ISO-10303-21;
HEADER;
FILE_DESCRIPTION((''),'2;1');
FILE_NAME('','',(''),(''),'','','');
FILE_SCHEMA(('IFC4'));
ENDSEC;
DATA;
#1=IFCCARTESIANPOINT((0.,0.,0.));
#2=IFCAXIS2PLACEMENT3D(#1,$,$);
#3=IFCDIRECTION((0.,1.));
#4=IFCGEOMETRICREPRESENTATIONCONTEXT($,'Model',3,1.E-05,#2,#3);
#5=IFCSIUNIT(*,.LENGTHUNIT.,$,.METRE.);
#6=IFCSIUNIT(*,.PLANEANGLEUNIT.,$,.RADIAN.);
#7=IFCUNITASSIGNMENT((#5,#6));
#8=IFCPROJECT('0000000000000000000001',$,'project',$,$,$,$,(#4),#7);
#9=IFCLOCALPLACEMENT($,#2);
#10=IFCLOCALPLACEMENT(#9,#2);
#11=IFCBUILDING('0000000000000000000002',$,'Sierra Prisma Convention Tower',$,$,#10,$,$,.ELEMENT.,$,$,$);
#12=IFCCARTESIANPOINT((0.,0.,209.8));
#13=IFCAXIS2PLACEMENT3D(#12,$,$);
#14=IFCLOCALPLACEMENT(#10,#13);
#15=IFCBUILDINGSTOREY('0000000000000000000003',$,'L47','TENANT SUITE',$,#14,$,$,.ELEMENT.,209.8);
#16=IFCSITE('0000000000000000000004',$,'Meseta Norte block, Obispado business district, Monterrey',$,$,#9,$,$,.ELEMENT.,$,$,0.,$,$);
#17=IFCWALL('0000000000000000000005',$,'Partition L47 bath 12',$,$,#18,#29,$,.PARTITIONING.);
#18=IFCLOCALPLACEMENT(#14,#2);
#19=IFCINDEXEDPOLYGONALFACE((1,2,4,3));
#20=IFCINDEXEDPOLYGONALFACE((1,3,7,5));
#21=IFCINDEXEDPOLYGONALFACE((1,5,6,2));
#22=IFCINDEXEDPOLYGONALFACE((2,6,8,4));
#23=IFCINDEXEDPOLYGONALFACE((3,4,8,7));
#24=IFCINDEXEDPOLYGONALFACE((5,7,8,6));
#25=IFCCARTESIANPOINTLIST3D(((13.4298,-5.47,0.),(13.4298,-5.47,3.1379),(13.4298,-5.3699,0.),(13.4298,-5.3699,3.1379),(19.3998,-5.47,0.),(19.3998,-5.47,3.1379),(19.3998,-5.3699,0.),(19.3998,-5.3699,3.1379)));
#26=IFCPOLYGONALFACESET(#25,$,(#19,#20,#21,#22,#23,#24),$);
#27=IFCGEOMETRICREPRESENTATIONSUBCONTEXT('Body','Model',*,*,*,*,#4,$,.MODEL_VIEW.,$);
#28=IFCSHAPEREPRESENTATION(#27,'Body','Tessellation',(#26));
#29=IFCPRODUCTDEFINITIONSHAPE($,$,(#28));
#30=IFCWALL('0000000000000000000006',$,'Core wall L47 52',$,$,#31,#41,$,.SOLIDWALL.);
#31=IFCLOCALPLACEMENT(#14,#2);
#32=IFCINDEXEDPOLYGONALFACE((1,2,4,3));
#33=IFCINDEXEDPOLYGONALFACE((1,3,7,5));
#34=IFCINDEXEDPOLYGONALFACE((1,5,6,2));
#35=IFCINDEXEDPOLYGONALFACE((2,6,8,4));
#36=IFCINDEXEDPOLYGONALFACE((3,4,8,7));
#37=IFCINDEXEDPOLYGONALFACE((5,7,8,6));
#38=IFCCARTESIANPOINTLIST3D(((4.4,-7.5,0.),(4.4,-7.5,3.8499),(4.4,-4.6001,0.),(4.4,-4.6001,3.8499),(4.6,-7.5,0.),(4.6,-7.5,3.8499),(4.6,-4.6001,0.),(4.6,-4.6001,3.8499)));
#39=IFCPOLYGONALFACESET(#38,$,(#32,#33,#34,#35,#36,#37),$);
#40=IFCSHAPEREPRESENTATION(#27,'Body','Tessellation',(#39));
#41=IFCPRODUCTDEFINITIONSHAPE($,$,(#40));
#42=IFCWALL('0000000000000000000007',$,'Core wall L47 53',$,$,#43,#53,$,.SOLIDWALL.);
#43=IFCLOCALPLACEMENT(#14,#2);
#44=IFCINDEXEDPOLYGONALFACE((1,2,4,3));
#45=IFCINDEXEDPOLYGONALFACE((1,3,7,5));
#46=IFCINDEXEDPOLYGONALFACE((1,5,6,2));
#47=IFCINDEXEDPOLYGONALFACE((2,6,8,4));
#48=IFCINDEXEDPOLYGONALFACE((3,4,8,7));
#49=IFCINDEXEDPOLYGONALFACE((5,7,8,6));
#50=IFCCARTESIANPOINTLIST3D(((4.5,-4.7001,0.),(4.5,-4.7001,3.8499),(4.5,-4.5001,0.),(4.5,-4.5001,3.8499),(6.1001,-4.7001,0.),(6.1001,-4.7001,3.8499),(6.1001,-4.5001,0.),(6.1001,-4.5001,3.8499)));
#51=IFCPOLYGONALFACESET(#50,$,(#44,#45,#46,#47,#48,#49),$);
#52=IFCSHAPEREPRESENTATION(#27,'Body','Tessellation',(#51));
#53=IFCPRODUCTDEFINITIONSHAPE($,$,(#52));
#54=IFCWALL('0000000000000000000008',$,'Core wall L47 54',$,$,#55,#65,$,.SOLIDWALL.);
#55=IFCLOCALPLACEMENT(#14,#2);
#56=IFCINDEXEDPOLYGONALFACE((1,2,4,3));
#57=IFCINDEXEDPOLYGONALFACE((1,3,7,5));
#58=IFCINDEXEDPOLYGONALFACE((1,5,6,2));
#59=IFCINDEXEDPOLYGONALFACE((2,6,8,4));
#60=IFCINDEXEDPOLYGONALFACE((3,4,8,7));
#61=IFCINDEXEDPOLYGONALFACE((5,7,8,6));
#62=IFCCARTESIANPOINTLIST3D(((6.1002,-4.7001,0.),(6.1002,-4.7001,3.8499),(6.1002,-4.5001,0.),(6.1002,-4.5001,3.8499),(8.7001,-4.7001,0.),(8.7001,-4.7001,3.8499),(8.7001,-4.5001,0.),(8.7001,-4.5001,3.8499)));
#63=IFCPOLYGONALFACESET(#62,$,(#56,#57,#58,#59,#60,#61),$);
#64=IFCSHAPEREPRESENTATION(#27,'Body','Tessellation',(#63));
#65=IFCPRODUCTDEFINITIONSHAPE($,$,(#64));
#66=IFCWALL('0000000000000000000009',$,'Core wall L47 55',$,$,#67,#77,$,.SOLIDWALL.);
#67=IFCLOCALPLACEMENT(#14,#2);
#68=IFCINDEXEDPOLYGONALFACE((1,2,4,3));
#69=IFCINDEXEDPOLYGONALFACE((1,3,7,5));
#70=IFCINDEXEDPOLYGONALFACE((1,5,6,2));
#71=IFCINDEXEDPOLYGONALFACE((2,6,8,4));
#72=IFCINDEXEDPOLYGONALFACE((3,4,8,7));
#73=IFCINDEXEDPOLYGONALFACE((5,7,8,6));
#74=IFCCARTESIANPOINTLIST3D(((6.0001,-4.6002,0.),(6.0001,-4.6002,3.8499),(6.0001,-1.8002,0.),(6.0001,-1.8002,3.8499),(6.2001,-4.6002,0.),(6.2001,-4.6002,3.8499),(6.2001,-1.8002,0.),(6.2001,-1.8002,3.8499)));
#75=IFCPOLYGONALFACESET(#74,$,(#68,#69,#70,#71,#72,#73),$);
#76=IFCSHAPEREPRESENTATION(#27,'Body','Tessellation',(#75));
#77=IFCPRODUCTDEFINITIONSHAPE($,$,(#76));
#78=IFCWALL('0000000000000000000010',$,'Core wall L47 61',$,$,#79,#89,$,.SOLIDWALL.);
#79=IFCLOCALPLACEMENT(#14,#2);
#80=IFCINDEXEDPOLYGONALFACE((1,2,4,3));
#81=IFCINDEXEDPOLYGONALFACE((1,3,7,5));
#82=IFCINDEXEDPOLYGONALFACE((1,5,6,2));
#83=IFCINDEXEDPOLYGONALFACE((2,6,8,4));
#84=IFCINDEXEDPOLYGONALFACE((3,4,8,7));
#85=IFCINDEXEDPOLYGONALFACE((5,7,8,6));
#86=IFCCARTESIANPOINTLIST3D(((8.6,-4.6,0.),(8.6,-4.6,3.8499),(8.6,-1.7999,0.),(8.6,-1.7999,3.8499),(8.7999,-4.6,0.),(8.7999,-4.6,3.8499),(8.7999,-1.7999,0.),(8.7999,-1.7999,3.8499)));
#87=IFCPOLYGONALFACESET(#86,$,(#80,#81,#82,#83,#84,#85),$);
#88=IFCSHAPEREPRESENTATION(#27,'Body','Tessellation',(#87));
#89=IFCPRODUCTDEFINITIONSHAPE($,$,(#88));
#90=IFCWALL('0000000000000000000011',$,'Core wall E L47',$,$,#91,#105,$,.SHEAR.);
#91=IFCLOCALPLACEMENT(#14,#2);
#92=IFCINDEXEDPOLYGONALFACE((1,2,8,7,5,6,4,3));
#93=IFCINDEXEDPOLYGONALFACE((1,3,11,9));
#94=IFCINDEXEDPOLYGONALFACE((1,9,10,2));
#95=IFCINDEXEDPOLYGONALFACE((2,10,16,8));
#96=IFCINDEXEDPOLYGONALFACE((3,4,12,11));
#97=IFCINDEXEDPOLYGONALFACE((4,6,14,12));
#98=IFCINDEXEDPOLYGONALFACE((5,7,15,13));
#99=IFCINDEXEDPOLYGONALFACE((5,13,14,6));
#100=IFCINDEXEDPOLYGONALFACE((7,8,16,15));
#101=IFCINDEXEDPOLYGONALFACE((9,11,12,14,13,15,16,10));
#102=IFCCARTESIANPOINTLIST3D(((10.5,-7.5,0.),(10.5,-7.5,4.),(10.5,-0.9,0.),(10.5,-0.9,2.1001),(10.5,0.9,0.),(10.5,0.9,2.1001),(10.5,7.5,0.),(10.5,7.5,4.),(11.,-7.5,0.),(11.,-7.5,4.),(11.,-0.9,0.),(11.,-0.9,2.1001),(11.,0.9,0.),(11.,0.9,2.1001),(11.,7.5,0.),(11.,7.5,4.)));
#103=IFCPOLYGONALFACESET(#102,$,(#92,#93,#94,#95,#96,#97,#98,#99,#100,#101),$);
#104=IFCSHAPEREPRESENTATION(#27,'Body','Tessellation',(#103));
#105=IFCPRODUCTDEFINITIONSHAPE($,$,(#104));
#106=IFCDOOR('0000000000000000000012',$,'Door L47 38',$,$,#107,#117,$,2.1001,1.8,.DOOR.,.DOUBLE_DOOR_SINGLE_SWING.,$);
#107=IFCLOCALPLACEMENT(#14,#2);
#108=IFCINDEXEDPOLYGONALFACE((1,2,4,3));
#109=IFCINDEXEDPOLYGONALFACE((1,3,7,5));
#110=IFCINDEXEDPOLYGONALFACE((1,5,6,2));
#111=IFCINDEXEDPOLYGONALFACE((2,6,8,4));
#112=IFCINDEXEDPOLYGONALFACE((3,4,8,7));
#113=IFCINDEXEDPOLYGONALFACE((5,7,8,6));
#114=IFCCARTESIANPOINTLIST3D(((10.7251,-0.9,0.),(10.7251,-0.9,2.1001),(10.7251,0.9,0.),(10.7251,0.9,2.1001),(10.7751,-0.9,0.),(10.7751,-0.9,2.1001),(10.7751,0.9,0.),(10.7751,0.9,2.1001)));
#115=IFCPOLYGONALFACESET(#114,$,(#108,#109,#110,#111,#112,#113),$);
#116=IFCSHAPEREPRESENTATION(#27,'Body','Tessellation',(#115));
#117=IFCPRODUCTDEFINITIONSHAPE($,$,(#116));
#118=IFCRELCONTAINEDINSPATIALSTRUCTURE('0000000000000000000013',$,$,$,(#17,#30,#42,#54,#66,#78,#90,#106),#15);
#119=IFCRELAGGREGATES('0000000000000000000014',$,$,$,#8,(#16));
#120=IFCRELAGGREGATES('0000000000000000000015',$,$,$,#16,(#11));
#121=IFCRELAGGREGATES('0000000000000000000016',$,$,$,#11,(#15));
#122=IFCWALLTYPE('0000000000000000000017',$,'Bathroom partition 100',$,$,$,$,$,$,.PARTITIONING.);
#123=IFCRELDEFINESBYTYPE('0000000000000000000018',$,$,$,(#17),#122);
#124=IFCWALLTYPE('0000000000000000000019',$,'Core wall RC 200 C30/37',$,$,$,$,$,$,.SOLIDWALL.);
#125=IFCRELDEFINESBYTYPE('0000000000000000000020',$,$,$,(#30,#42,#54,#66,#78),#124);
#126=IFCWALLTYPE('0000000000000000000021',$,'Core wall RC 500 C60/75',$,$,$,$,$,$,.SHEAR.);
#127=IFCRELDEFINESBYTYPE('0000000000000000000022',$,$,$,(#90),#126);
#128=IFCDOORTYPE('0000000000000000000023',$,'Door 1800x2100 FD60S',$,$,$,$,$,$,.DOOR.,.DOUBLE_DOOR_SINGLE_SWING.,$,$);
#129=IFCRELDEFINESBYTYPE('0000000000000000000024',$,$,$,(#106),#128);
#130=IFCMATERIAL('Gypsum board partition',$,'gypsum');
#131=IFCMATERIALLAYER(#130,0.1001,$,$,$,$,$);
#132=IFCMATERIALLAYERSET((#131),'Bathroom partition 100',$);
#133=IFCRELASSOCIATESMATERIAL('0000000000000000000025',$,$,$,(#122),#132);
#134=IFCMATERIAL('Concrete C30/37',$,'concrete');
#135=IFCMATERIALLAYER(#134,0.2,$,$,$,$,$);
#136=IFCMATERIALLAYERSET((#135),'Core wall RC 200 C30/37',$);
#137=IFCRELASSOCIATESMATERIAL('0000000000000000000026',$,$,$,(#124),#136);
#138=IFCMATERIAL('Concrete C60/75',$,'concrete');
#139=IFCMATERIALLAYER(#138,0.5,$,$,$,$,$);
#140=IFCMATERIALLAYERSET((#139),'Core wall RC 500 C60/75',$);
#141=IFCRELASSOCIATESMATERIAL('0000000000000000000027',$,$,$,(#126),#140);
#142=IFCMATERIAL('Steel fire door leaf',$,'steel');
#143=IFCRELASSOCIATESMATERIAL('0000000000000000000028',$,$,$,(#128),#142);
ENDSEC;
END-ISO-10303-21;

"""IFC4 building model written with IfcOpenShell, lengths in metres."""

from ifc_helpers import new_model, si_unit, direction, frame, frame_2d, origin, place, context, subcontext, project, spatial, rectangle, extrude, material, layer, layer_set, type_object, element, fill, save


model = new_model("IFC4")

# Units and contexts
model_context = context("Model", 3, precision=1e-05, world=origin(), true_north=direction((0.0, 1.0)))
body_context = subcontext(model_context, "Body", "Model", "MODEL_VIEW")
ifc_project = project(units=[si_unit("LENGTHUNIT", "METRE"), si_unit("PLANEANGLEUNIT", "RADIAN")], contexts=[model_context])

# Site, building, storey
site_placement = place(None, origin())
site = spatial("IfcSite", under=ifc_project, at=site_placement, Name="Meseta Norte block, Obispado business district, Monterrey", CompositionType="ELEMENT", RefElevation=0.0)
building_placement = place(site_placement, origin())
building = spatial("IfcBuilding", under=site, at=building_placement, Name="Sierra Prisma Convention Tower", CompositionType="ELEMENT")
storey_placement = place(building_placement, frame((0.0, 0.0, 209.8)))
storey = spatial("IfcBuildingStorey", under=building, at=storey_placement, Name="L47", Description="TENANT SUITE", CompositionType="ELEMENT", Elevation=209.8)

# Walls
ifc_material_1 = material(Name="Gypsum board partition", Category="gypsum")
ifc_layer_1 = layer(ifc_material_1, 0.1001)
ifc_layer_set_1 = layer_set([ifc_layer_1], Name="Bathroom partition 100")
wall_type_1 = type_object("IfcWallType", Name="Bathroom partition 100", PredefinedType="PARTITIONING", material=ifc_layer_set_1)
wall_1_placement = place(storey_placement, frame((13.4299, -5.4199, 0.0), z_axis=(0.0, 0.0, 1.0), x_axis=(1.0, 0.0, 0.0)))
element("IfcWall", 1, at=wall_1_placement, inside=storey, type_object=wall_type_1, Name="Partition L47 bath 12", PredefinedType="PARTITIONING", context=body_context, shape_type="SweptSolid", body=[
    extrude(rectangle(XDim=5.97, YDim=0.1001, at=frame_2d((2.9849, 0.0))), origin(), (0.0, 0.0, 1.0), 3.1379),
])
ifc_material_2 = material(Name="Concrete C30/37", Category="concrete")
ifc_layer_2 = layer(ifc_material_2, 0.2)
ifc_layer_set_2 = layer_set([ifc_layer_2], Name="Core wall RC 200 C30/37")
wall_type_2 = type_object("IfcWallType", Name="Core wall RC 200 C30/37", PredefinedType="SOLIDWALL", material=ifc_layer_set_2)
wall_2_placement = place(storey_placement, frame((4.5, -4.6001, 0.0), z_axis=(0.0, 0.0, 1.0), x_axis=(0.0, -1.0, 0.0)))
element("IfcWall", 2, at=wall_2_placement, inside=storey, type_object=wall_type_2, Name="Core wall L47 52", PredefinedType="SOLIDWALL", context=body_context, shape_type="SweptSolid", body=[
    extrude(rectangle(XDim=2.8999, YDim=0.2, at=frame_2d((1.45, 0.0))), origin(), (0.0, 0.0, 1.0), 3.8499),
])
wall_3_placement = place(storey_placement, frame((6.1001, -4.6001, 0.0), z_axis=(0.0, 0.0, 1.0), x_axis=(-1.0, 0.0, 0.0)))
element("IfcWall", 3, at=wall_3_placement, inside=storey, type_object=wall_type_2, Name="Core wall L47 53", PredefinedType="SOLIDWALL", context=body_context, shape_type="SweptSolid", body=[
    extrude(rectangle(XDim=1.6001, YDim=0.2, at=frame_2d((0.8, 0.0))), origin(), (0.0, 0.0, 1.0), 3.8499),
])
wall_4_placement = place(storey_placement, frame((8.7, -4.6001, 0.0), z_axis=(0.0, 0.0, 1.0), x_axis=(-1.0, 0.0, 0.0)))
element("IfcWall", 4, at=wall_4_placement, inside=storey, type_object=wall_type_2, Name="Core wall L47 54", PredefinedType="SOLIDWALL", context=body_context, shape_type="SweptSolid", body=[
    extrude(rectangle(XDim=2.5999, YDim=0.2, at=frame_2d((1.2998, 0.0))), origin(), (0.0, 0.0, 1.0), 3.8499),
])
wall_5_placement = place(storey_placement, frame((6.1001, -4.6001, 0.0), z_axis=(0.0, 0.0, 1.0), x_axis=(0.0, 1.0, 0.0)))
element("IfcWall", 5, at=wall_5_placement, inside=storey, type_object=wall_type_2, Name="Core wall L47 55", PredefinedType="SOLIDWALL", context=body_context, shape_type="SweptSolid", body=[
    extrude(rectangle(XDim=2.8, YDim=0.2, at=frame_2d((1.3999, 0.0))), origin(), (0.0, 0.0, 1.0), 3.8499),
])

# Wall
wall_6_placement = place(storey_placement, frame((8.7, -1.8, 0.0), z_axis=(0.0, 0.0, 1.0), x_axis=(0.0, -1.0, 0.0)))
element("IfcWall", 6, at=wall_6_placement, inside=storey, type_object=wall_type_2, Name="Core wall L47 61", PredefinedType="SOLIDWALL", context=body_context, shape_type="SweptSolid", body=[
    extrude(rectangle(XDim=2.8, YDim=0.2, at=frame_2d((1.3999, 0.0))), origin(), (0.0, 0.0, 1.0), 3.8499),
])

# Wall, opening, door
ifc_material_3 = material(Name="Concrete C60/75", Category="concrete")
ifc_layer_3 = layer(ifc_material_3, 0.5)
ifc_layer_set_3 = layer_set([ifc_layer_3], Name="Core wall RC 500 C60/75")
wall_type_3 = type_object("IfcWallType", Name="Core wall RC 500 C60/75", PredefinedType="SHEAR", material=ifc_layer_set_3)
wall_7_placement = place(storey_placement, frame((10.75, -7.5, 0.0), z_axis=(0.0, 0.0, 1.0), x_axis=(0.0, 1.0, 0.0)))
wall_7 = element("IfcWall", 7, at=wall_7_placement, inside=storey, type_object=wall_type_3, Name="Core wall E L47", PredefinedType="SHEAR", context=body_context, shape_type="SweptSolid", body=[
    extrude(rectangle(XDim=15.0, YDim=0.5, at=frame_2d((7.5, 0.0))), origin(), (0.0, 0.0, 1.0), 4.0),
])
opening_1_placement = place(wall_7_placement, frame((6.6001, 0.0, 0.0)))
opening_1 = element("IfcOpeningElement", 8, at=opening_1_placement, cuts=wall_7, PredefinedType="OPENING", context=body_context, shape_type="SweptSolid", body=[
    extrude(rectangle(XDim=1.8, YDim=2.1001, at=frame_2d((0.8999, 1.05))), frame((0.0, 0.25, 0.0), z_axis=(0.0, -1.0, 0.0), x_axis=(1.0, 0.0, 0.0)), (0.0, 0.0, 1.0), 0.5),
])
ifc_material_4 = material(Name="Steel fire door leaf", Category="steel")
door_type_1 = type_object("IfcDoorType", Name="Door 1800x2100 FD60S", OperationType="DOUBLE_DOOR_SINGLE_SWING", PredefinedType="DOOR", material=ifc_material_4)
door_1_placement = place(opening_1_placement, origin())
door_1 = element("IfcDoor", 9, at=door_1_placement, inside=storey, type_object=door_type_1, Name="Door L47 38", OperationType="DOUBLE_DOOR_SINGLE_SWING", OverallHeight=2.1001, OverallWidth=1.8, PredefinedType="DOOR", context=body_context, shape_type="SweptSolid", body=[
    extrude(rectangle(XDim=1.8, YDim=2.1001, at=frame_2d((0.8999, 1.05))), frame((0.0, 0.0249, 0.0), z_axis=(0.0, -1.0, 0.0), x_axis=(1.0, 0.0, 0.0)), (0.0, 0.0, 1.0), 0.05),
])
fill(opening_1, door_1)

save(model, "model.ifc")
